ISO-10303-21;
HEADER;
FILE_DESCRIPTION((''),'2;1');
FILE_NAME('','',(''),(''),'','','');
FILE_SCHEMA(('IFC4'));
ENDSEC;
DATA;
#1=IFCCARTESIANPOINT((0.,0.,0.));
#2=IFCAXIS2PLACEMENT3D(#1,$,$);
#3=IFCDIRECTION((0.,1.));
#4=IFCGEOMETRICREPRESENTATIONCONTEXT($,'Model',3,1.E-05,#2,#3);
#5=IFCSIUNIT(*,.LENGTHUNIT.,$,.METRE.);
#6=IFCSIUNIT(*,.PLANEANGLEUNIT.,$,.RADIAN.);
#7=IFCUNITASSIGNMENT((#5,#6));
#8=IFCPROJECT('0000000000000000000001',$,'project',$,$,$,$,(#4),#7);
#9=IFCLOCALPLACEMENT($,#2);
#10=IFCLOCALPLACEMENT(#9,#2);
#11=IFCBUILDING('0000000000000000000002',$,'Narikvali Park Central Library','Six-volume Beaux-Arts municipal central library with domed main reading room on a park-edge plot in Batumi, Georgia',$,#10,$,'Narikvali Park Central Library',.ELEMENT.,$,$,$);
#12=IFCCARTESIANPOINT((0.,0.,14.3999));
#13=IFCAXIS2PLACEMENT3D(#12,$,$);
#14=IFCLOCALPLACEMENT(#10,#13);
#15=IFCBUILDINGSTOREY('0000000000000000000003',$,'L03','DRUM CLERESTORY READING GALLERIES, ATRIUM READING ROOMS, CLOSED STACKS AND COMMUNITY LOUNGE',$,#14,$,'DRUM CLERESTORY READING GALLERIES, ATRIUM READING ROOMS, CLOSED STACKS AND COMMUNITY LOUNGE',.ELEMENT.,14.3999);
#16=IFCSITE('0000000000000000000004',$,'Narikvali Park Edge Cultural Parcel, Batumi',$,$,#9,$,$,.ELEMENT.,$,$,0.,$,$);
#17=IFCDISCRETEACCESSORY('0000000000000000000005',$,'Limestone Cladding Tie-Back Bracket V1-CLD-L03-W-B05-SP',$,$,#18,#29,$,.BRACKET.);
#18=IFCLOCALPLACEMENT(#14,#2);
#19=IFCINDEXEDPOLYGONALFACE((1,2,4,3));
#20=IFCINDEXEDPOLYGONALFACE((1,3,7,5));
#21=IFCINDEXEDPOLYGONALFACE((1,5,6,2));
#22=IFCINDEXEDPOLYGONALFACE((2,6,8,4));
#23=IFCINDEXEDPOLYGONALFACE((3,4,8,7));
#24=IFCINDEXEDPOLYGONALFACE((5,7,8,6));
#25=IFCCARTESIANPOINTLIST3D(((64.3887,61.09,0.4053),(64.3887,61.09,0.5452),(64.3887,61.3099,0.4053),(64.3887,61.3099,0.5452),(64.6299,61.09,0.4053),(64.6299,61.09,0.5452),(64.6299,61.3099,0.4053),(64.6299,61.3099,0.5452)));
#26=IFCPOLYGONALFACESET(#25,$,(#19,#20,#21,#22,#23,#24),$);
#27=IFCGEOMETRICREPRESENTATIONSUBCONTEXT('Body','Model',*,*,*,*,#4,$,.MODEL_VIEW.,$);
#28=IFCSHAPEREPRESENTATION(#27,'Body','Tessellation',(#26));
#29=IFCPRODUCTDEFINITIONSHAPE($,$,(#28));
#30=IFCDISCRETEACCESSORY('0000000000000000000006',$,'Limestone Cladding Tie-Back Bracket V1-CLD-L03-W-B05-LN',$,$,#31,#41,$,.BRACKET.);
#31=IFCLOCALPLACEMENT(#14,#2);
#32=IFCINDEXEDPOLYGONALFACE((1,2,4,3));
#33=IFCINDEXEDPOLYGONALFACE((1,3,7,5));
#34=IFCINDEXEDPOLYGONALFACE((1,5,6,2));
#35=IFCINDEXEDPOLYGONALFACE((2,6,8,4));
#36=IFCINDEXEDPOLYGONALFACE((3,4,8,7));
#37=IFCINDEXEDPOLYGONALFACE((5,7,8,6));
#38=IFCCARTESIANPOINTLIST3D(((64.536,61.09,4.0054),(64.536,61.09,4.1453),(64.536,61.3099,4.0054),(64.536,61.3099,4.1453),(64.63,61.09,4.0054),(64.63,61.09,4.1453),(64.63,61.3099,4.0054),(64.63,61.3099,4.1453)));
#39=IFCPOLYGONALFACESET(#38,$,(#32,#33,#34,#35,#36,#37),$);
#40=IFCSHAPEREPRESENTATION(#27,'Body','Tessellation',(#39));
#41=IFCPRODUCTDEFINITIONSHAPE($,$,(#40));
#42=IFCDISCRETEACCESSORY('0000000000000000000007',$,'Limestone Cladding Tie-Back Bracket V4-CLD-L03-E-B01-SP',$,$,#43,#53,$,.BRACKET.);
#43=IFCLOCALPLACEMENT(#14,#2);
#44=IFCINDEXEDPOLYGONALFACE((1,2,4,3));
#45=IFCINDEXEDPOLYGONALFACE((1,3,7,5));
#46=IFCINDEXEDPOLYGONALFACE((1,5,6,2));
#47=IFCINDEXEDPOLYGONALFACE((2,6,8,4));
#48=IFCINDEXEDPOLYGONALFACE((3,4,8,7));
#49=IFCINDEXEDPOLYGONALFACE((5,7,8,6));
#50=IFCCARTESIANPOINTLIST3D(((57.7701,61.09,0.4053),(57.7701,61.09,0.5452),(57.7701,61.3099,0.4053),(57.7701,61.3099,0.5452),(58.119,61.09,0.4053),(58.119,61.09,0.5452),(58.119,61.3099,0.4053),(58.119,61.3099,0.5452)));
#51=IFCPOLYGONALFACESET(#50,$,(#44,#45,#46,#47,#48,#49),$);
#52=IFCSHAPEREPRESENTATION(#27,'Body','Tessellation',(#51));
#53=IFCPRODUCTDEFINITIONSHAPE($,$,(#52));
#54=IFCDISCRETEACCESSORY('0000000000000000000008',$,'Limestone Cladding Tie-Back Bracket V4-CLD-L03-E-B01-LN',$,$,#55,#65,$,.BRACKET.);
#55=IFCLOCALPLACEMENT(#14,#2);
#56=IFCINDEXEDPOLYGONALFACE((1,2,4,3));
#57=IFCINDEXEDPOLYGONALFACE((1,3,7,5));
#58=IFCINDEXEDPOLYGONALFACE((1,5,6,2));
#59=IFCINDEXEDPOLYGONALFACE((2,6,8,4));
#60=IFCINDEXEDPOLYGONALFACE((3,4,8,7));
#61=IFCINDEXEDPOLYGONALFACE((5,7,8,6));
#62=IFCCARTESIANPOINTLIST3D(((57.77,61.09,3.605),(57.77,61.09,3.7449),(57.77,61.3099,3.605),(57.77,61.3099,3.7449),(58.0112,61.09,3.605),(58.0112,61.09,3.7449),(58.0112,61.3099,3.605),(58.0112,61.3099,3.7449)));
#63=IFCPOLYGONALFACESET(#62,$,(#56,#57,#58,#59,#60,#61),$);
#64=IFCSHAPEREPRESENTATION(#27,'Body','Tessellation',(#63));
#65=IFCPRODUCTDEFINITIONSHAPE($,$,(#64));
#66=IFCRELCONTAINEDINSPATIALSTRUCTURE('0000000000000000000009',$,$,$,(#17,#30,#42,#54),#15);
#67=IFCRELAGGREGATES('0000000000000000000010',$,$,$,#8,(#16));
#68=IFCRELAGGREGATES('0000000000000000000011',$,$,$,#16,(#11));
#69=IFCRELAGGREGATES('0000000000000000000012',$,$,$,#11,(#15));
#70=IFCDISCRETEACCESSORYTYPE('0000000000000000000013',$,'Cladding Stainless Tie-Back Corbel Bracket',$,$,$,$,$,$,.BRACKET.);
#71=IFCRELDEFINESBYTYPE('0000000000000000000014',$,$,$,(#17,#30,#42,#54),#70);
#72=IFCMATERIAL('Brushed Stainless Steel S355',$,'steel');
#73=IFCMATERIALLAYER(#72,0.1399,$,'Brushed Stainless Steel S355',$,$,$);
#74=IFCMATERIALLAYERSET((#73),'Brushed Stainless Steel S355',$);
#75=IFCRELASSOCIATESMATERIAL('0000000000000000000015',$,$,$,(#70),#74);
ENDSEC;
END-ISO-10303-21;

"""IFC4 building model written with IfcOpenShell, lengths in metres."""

from ifc_helpers import new_model, si_unit, direction, frame, origin, origin_2d, place, context, subcontext, project, spatial, rectangle, extrude, material, layer, layer_set, type_object, element, save


model = new_model("IFC4")

# Units and contexts
model_context = context("Model", 3, precision=1e-05, world=origin(), true_north=direction((0.0, 1.0)))
body_context = subcontext(model_context, "Body", "Model", "MODEL_VIEW")
ifc_project = project(units=[si_unit("LENGTHUNIT", "METRE"), si_unit("PLANEANGLEUNIT", "RADIAN")], contexts=[model_context])

# Site, building, storey
site_placement = place(None, origin())
site = spatial("IfcSite", under=ifc_project, at=site_placement, Name="Narikvali Park Edge Cultural Parcel, Batumi", CompositionType="ELEMENT", RefElevation=0.0)
building_placement = place(site_placement, origin())
building = spatial("IfcBuilding", under=site, at=building_placement, Name="Narikvali Park Central Library", Description="Six-volume Beaux-Arts municipal central library with domed main reading room on a park-edge plot in Batumi, Georgia", LongName="Narikvali Park Central Library", CompositionType="ELEMENT")
storey_placement = place(building_placement, frame((0.0, 0.0, 14.3999)))
storey = spatial("IfcBuildingStorey", under=building, at=storey_placement, Name="L03", Description="DRUM CLERESTORY READING GALLERIES, ATRIUM READING ROOMS, CLOSED STACKS AND COMMUNITY LOUNGE", LongName="DRUM CLERESTORY READING GALLERIES, ATRIUM READING ROOMS, CLOSED STACKS AND COMMUNITY LOUNGE", CompositionType="ELEMENT", Elevation=14.3999)

# Discrete accessories
ifc_material_1 = material(Name="Brushed Stainless Steel S355", Category="steel")
ifc_layer_1 = layer(ifc_material_1, 0.1399, Name="Brushed Stainless Steel S355")
ifc_layer_set_1 = layer_set([ifc_layer_1], Name="Brushed Stainless Steel S355")
discrete_accessory_type = type_object("IfcDiscreteAccessoryType", Name="Cladding Stainless Tie-Back Corbel Bracket", PredefinedType="BRACKET", material=ifc_layer_set_1)
discrete_accessory_1_placement = place(storey_placement, frame((64.5093, 61.2, 0.4053), z_axis=(0.0, 0.0, 1.0), x_axis=(1.0, 0.0, 0.0)))
element("IfcDiscreteAccessory", 1, at=discrete_accessory_1_placement, inside=storey, type_object=discrete_accessory_type, Name="Limestone Cladding Tie-Back Bracket V1-CLD-L03-W-B05-SP", PredefinedType="BRACKET", context=body_context, shape_type="SweptSolid", body=[
    extrude(rectangle(XDim=0.2412, YDim=0.22, at=origin_2d()), origin(), (0.0, 0.0, 1.0), 0.1399),
])
discrete_accessory_2_placement = place(storey_placement, frame((64.583, 61.2, 4.0054), z_axis=(0.0, 0.0, 1.0), x_axis=(1.0, 0.0, 0.0)))
element("IfcDiscreteAccessory", 2, at=discrete_accessory_2_placement, inside=storey, type_object=discrete_accessory_type, Name="Limestone Cladding Tie-Back Bracket V1-CLD-L03-W-B05-LN", PredefinedType="BRACKET", context=body_context, shape_type="SweptSolid", body=[
    extrude(rectangle(XDim=0.094, YDim=0.22, at=origin_2d()), origin(), (0.0, 0.0, 1.0), 0.1399),
])
discrete_accessory_3_placement = place(storey_placement, frame((57.9446, 61.2, 0.4053), z_axis=(0.0, 0.0, 1.0), x_axis=(1.0, 0.0, 0.0)))
element("IfcDiscreteAccessory", 3, at=discrete_accessory_3_placement, inside=storey, type_object=discrete_accessory_type, Name="Limestone Cladding Tie-Back Bracket V4-CLD-L03-E-B01-SP", PredefinedType="BRACKET", context=body_context, shape_type="SweptSolid", body=[
    extrude(rectangle(XDim=0.3489, YDim=0.22, at=origin_2d()), origin(), (0.0, 0.0, 1.0), 0.1399),
])
discrete_accessory_4_placement = place(storey_placement, frame((57.8906, 61.2, 3.605), z_axis=(0.0, 0.0, 1.0), x_axis=(1.0, 0.0, 0.0)))
element("IfcDiscreteAccessory", 4, at=discrete_accessory_4_placement, inside=storey, type_object=discrete_accessory_type, Name="Limestone Cladding Tie-Back Bracket V4-CLD-L03-E-B01-LN", PredefinedType="BRACKET", context=body_context, shape_type="SweptSolid", body=[
    extrude(rectangle(XDim=0.2412, YDim=0.22, at=origin_2d()), origin(), (0.0, 0.0, 1.0), 0.1399),
])

save(model, "model.ifc")
